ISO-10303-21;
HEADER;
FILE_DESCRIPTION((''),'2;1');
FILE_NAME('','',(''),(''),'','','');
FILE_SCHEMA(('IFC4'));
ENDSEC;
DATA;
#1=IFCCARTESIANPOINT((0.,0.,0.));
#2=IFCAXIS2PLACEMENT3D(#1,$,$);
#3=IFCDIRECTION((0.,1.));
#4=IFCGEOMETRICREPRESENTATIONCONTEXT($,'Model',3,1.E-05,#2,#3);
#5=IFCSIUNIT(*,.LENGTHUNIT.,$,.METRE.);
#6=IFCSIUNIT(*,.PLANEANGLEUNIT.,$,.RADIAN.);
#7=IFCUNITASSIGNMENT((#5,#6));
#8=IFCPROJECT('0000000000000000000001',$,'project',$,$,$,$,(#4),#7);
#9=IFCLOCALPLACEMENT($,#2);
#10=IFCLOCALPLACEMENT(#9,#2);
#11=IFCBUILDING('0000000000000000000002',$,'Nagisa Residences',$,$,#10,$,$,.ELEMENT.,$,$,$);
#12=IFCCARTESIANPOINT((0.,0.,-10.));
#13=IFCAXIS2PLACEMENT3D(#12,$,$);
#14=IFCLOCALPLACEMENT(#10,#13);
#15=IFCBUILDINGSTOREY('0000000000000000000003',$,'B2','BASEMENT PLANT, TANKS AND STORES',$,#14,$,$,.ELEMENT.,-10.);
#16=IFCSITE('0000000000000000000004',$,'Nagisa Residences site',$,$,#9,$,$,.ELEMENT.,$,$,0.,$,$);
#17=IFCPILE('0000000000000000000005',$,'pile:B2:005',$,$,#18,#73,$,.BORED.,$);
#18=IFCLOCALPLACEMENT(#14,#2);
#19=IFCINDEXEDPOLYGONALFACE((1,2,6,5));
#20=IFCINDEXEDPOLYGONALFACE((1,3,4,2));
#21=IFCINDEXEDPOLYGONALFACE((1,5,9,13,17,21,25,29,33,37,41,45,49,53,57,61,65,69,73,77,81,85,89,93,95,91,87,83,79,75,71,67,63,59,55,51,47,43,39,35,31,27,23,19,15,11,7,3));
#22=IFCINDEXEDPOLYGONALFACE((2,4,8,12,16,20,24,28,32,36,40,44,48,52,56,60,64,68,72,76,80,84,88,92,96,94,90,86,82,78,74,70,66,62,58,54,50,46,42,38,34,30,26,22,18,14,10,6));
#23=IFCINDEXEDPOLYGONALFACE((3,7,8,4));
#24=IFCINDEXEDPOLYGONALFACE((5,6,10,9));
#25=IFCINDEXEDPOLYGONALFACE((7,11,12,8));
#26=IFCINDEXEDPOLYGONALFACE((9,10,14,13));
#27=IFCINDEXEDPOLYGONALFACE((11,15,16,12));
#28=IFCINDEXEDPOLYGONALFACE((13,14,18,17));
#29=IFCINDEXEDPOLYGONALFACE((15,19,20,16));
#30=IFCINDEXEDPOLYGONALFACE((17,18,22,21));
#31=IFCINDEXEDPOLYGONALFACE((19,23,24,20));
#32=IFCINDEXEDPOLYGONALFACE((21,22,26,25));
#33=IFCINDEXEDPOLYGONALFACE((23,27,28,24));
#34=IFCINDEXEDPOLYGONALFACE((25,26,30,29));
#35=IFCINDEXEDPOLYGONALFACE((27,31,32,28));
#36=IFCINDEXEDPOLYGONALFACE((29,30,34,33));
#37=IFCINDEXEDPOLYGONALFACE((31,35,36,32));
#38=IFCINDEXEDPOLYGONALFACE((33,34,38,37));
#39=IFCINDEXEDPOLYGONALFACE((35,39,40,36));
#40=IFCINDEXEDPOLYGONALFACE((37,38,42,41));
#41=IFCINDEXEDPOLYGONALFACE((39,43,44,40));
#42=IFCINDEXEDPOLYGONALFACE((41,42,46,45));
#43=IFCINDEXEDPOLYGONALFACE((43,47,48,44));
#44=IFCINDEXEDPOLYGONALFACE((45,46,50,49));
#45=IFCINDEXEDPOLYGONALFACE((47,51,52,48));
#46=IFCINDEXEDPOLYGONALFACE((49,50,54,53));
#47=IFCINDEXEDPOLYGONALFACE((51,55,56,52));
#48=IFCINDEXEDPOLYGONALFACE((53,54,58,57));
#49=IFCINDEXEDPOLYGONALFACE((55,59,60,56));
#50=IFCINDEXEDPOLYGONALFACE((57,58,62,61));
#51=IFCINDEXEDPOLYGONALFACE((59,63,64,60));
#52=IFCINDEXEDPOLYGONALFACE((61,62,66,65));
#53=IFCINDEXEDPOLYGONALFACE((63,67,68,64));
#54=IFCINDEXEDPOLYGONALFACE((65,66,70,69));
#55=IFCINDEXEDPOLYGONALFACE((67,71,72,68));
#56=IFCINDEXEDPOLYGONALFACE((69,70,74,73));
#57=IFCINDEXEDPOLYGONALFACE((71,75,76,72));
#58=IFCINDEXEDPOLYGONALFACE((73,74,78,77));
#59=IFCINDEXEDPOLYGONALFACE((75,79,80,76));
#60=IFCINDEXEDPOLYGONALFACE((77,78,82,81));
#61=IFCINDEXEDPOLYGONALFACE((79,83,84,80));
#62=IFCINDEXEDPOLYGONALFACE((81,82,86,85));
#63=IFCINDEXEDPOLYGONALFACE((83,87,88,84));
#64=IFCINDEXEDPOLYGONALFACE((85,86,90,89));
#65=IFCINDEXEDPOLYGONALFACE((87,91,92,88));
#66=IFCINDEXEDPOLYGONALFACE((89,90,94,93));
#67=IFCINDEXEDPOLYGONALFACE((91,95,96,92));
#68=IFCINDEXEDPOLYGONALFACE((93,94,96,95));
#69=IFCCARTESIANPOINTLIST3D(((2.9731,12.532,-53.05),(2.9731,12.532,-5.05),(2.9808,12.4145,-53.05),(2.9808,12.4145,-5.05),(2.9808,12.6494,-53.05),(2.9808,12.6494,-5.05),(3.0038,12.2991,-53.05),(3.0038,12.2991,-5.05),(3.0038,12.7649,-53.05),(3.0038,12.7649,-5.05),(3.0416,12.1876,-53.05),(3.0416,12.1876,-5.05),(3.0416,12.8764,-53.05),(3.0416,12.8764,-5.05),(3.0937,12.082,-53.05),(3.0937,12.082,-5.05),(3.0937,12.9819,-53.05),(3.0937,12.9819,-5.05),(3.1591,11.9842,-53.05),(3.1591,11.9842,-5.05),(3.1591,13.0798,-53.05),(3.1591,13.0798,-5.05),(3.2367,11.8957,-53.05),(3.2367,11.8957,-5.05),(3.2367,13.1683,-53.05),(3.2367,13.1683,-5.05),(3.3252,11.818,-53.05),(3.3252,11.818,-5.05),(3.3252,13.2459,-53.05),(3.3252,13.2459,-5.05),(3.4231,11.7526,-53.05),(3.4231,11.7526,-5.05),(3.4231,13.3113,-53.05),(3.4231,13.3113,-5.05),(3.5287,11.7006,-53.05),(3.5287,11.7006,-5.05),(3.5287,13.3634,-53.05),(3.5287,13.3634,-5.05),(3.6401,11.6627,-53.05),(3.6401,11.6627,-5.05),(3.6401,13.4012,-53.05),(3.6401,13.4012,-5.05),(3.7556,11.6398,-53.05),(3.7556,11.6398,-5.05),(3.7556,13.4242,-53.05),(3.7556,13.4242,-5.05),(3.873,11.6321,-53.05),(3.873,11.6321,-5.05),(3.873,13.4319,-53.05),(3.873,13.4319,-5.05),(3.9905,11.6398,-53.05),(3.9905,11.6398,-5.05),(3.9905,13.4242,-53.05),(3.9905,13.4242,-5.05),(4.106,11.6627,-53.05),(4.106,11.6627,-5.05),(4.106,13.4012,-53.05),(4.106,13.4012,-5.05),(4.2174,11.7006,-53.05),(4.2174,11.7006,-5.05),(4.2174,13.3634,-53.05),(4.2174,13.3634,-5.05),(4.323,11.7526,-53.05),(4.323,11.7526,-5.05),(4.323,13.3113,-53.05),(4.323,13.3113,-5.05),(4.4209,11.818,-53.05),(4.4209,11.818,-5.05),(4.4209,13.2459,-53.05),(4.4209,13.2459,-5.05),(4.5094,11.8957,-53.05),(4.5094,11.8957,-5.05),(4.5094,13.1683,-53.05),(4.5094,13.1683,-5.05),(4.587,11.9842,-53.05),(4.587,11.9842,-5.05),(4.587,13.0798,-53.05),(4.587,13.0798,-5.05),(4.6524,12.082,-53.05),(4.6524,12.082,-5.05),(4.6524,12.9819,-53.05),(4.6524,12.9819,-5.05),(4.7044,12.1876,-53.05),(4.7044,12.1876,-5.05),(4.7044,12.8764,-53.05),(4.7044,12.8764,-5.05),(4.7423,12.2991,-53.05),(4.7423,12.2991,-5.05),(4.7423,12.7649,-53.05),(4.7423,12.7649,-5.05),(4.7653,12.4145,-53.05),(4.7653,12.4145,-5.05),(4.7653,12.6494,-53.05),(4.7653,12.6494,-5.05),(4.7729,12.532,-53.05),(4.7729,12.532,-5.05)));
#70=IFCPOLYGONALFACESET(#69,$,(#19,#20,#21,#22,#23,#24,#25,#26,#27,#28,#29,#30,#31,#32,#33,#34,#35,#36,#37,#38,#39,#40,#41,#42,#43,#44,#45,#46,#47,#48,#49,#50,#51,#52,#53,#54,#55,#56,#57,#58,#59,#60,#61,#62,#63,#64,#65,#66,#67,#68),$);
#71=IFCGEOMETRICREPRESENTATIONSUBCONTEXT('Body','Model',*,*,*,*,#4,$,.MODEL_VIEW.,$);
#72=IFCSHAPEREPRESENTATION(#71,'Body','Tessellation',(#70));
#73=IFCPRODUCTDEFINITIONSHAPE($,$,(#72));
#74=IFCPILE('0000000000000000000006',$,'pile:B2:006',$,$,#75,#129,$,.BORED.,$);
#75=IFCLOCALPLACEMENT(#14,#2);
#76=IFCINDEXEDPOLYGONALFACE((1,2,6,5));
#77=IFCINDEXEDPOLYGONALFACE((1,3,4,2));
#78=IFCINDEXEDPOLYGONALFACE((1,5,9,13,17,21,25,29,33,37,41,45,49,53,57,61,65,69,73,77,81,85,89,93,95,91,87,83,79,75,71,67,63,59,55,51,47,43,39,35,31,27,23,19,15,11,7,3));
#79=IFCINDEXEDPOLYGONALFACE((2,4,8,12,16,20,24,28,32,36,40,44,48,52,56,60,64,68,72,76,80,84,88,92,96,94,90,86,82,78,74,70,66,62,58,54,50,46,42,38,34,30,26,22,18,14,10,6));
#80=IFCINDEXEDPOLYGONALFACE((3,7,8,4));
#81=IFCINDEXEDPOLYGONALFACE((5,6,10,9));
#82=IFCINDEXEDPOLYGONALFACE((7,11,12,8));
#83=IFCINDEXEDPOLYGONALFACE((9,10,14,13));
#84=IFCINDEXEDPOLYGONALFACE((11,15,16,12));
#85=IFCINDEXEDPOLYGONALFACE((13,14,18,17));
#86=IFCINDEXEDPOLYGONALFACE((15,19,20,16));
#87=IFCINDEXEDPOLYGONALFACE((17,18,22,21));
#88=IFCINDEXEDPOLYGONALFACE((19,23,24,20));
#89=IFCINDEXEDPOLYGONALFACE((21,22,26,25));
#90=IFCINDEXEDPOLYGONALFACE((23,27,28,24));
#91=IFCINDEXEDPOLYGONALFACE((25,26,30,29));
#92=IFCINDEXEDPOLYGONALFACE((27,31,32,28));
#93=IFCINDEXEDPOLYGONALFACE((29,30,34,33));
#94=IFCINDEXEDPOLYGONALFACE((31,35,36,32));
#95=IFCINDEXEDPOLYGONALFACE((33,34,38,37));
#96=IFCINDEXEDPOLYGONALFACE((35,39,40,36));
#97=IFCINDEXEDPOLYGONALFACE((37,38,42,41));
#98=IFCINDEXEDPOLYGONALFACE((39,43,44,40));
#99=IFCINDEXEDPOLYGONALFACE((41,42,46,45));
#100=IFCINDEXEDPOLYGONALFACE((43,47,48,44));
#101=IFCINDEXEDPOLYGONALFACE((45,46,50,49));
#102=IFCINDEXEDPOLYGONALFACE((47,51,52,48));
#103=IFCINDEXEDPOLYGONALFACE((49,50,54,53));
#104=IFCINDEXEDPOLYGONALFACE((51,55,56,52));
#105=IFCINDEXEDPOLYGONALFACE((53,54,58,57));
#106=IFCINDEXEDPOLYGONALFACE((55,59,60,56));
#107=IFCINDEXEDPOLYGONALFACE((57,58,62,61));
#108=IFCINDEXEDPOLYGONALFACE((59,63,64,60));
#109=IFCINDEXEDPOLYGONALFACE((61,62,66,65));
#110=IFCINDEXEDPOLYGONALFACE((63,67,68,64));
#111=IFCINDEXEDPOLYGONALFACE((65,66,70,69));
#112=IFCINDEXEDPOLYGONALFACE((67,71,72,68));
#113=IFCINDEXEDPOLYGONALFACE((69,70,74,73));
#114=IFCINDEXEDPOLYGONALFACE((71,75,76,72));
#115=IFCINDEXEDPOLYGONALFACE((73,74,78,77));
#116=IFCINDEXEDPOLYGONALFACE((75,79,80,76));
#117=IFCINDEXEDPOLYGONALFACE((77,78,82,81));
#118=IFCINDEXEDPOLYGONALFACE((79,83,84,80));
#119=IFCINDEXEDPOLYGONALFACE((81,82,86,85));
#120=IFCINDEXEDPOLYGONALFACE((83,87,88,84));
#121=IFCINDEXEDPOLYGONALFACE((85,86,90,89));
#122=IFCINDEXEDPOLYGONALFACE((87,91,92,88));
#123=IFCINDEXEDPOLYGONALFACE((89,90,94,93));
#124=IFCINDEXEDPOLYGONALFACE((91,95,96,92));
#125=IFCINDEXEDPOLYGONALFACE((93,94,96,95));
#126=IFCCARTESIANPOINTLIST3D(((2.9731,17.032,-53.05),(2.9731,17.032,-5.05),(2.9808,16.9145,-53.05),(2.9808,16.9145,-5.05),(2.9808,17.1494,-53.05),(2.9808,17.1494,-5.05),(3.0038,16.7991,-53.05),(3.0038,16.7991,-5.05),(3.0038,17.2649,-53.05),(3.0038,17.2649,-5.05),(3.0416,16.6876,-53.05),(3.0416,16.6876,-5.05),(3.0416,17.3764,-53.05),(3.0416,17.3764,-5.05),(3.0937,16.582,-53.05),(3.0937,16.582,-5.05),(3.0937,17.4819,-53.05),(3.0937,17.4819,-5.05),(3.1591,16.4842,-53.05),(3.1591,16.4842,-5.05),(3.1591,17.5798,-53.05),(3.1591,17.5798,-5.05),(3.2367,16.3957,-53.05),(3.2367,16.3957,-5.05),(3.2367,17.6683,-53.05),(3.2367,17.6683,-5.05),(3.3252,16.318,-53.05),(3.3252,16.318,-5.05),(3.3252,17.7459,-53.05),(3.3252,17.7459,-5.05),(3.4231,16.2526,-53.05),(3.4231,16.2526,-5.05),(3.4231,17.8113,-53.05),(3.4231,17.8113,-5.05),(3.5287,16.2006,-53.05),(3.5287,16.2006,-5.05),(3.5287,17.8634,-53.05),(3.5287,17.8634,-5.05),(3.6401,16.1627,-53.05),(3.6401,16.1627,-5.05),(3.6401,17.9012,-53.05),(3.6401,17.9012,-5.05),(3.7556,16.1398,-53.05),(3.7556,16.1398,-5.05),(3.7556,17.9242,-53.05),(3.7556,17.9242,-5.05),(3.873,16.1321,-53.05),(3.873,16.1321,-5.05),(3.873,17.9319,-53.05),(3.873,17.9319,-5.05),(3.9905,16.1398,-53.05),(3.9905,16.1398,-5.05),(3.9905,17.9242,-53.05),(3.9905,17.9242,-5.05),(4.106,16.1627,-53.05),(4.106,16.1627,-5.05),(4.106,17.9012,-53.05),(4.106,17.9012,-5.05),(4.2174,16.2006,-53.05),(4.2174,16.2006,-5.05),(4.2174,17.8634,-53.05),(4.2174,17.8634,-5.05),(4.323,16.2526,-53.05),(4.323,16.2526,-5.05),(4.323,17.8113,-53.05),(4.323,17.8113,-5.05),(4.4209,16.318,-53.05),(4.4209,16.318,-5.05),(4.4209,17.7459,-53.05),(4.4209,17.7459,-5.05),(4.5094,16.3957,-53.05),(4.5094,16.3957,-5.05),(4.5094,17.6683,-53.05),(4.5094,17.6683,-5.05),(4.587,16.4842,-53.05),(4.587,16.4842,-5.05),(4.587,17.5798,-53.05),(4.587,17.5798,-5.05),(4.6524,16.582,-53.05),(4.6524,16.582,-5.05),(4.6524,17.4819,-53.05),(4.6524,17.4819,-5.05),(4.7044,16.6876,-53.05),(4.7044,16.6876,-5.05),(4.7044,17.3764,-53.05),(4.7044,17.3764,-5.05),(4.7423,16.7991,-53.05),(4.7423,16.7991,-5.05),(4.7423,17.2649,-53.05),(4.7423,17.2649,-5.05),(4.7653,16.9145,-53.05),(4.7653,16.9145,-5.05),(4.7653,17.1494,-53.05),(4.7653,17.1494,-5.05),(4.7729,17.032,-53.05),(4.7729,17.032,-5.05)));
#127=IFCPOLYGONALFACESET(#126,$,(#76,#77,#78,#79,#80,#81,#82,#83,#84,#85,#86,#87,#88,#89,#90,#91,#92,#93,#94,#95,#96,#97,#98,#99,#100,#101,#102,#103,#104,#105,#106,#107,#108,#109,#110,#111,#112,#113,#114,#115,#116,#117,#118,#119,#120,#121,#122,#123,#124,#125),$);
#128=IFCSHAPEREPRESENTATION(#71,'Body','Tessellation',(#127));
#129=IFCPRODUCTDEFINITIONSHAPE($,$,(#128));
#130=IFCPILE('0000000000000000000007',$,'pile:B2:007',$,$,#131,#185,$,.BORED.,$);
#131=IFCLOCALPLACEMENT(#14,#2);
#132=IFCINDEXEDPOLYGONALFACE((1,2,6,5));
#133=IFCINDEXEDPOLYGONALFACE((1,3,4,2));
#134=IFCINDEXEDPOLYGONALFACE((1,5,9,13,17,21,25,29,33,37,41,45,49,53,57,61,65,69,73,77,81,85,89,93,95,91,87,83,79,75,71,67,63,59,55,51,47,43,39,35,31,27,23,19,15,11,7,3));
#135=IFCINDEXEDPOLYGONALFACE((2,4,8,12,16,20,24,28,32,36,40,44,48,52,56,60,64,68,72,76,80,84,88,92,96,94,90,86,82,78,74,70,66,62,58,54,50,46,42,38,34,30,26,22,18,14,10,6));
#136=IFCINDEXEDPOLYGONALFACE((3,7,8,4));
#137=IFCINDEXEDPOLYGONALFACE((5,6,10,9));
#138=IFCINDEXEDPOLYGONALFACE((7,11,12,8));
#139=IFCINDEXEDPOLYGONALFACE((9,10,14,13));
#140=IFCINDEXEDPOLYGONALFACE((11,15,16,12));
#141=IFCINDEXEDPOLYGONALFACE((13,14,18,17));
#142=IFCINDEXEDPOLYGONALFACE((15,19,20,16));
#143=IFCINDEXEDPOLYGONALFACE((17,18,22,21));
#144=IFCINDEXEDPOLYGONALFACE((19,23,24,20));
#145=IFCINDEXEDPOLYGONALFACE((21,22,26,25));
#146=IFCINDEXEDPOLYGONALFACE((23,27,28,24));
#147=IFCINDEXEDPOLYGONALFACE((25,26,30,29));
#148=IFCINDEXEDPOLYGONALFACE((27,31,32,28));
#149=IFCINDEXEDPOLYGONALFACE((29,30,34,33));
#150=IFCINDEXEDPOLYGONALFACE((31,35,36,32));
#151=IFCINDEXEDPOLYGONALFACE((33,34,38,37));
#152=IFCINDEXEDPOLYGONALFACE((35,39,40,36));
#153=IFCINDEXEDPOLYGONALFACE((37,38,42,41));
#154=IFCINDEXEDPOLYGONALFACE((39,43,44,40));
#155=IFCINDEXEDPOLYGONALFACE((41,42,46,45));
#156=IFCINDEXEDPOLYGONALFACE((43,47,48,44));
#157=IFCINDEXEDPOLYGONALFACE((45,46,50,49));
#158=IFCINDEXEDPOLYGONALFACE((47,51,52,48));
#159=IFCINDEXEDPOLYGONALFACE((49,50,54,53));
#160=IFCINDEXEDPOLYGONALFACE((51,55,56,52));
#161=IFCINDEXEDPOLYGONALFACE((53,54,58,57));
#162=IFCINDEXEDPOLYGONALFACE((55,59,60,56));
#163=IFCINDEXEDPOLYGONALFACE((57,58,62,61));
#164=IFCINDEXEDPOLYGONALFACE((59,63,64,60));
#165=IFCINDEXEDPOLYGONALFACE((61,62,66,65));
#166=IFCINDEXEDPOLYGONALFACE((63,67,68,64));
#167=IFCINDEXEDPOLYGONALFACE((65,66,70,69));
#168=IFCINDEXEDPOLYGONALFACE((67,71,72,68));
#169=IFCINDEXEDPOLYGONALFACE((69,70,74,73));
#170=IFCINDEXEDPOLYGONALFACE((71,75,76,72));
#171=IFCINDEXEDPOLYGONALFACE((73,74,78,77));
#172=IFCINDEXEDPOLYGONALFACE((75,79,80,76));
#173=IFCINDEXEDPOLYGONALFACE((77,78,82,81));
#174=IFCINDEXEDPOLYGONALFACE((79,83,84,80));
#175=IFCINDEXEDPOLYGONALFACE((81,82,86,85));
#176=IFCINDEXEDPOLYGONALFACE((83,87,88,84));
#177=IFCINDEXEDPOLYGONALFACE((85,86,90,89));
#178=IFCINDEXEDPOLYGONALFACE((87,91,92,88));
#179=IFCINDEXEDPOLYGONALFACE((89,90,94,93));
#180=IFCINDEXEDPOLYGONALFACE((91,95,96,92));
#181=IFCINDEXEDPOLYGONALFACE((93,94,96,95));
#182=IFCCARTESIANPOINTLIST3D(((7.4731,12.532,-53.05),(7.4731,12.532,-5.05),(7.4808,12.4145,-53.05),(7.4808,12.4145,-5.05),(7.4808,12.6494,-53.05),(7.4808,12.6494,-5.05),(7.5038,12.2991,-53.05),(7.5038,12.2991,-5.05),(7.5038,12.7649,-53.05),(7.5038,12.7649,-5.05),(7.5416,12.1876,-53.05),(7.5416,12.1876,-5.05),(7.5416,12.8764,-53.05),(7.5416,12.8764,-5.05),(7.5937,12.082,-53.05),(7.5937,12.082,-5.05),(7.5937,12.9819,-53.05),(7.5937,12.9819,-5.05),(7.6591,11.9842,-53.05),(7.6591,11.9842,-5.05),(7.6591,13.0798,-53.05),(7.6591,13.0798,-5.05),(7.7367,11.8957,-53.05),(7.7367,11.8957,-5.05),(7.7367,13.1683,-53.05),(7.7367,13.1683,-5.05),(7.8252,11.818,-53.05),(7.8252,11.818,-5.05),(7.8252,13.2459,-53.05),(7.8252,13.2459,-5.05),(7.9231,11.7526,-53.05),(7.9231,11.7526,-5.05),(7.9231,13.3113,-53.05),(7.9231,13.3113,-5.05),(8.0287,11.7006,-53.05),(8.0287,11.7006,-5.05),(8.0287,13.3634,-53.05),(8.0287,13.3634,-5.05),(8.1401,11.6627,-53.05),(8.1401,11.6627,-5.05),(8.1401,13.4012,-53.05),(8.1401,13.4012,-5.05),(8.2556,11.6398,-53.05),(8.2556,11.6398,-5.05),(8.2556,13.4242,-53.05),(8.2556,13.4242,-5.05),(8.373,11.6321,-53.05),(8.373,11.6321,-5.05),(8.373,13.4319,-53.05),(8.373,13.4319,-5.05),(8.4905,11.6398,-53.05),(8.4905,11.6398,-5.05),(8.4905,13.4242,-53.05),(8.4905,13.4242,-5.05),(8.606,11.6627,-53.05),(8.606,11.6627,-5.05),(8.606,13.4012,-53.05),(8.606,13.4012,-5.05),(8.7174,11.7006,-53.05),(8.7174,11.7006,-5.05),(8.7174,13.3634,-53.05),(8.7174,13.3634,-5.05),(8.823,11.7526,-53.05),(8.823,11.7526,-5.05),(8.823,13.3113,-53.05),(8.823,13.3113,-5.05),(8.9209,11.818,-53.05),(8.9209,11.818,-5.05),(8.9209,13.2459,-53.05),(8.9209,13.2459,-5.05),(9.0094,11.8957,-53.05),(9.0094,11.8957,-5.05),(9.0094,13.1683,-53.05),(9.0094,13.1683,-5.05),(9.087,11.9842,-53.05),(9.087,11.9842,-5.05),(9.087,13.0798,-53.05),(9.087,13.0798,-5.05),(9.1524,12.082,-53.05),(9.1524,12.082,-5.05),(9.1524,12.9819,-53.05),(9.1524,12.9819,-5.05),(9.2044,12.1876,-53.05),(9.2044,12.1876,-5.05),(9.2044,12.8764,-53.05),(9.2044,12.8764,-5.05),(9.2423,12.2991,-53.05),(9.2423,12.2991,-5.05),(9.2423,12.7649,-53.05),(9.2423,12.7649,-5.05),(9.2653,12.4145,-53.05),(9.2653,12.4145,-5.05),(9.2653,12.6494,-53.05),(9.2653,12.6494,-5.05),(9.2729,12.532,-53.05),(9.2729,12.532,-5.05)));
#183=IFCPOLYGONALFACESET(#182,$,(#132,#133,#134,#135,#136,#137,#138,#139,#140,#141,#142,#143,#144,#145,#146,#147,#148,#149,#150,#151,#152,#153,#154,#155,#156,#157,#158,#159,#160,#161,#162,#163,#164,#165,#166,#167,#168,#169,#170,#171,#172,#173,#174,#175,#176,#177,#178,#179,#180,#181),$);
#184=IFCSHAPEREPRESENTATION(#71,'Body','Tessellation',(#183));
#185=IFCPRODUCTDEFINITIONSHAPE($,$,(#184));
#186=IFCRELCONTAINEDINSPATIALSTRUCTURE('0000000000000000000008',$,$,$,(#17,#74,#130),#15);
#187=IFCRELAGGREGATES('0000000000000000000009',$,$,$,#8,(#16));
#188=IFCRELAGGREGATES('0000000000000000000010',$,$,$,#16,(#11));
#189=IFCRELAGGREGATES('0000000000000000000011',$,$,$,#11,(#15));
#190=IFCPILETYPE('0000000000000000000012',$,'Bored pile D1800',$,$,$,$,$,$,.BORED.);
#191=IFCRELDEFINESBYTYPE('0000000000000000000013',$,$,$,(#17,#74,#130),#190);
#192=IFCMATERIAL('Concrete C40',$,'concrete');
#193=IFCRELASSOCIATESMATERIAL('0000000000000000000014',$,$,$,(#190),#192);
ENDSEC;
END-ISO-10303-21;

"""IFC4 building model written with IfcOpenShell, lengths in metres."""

from ifc_helpers import new_model, si_unit, direction, frame, origin, origin_2d, place, context, subcontext, project, spatial, circle, extrude, material, material_profile, profile_set, type_object, element, save


model = new_model("IFC4")

# Units and contexts
model_context = context("Model", 3, precision=1e-05, world=origin(), true_north=direction((0.0, 1.0)))
body_context = subcontext(model_context, "Body", "Model", "MODEL_VIEW")
ifc_project = project(units=[si_unit("LENGTHUNIT", "METRE"), si_unit("PLANEANGLEUNIT", "RADIAN")], contexts=[model_context])

# Site, building, storey
site_placement = place(None, origin())
site = spatial("IfcSite", under=ifc_project, at=site_placement, Name="Nagisa Residences site", CompositionType="ELEMENT", RefElevation=0.0)
building_placement = place(site_placement, origin())
building = spatial("IfcBuilding", under=site, at=building_placement, Name="Nagisa Residences", CompositionType="ELEMENT")
storey_placement = place(building_placement, frame((0.0, 0.0, -10.0)))
storey = spatial("IfcBuildingStorey", under=building, at=storey_placement, Name="B2", Description="BASEMENT PLANT, TANKS AND STORES", CompositionType="ELEMENT", Elevation=-10.0)

# Piles
ifc_material_1 = material(Name="Concrete C40", Category="concrete")
ifc_material_profile_1 = material_profile(ifc_material_1, circle(Radius=0.8999, at=origin_2d()), Name="Bored pile D1800")
ifc_profile_set_1 = profile_set([ifc_material_profile_1], Name="Concrete C40")
pile_type = type_object("IfcPileType", Name="Bored pile D1800", PredefinedType="BORED", material=ifc_profile_set_1)
for number, where, z_axis, x_axis, name in (
    (1, (3.873, 12.532, -5.05), (0.0, 0.0, -1.0), (1.0, 0.0, 0.0), "pile:B2:005"),
    (2, (3.873, 17.032, -5.05), (0.0, 0.0, -1.0), (1.0, 0.0, 0.0), "pile:B2:006"),
    (3, (8.373, 12.532, -5.05), (0.0, 0.0, -1.0), (1.0, 0.0, 0.0), "pile:B2:007"),
):
    element("IfcPile", number, at=place(storey_placement, frame(where, z_axis=z_axis, x_axis=x_axis)), inside=storey, type_object=pile_type, Name=name, PredefinedType="BORED", context=body_context, shape_type="SweptSolid", body=[
        extrude(circle(Radius=0.8999, at=origin_2d()), origin(), (0.0, 0.0, 1.0), 48.0),
    ])

save(model, "model.ifc")
